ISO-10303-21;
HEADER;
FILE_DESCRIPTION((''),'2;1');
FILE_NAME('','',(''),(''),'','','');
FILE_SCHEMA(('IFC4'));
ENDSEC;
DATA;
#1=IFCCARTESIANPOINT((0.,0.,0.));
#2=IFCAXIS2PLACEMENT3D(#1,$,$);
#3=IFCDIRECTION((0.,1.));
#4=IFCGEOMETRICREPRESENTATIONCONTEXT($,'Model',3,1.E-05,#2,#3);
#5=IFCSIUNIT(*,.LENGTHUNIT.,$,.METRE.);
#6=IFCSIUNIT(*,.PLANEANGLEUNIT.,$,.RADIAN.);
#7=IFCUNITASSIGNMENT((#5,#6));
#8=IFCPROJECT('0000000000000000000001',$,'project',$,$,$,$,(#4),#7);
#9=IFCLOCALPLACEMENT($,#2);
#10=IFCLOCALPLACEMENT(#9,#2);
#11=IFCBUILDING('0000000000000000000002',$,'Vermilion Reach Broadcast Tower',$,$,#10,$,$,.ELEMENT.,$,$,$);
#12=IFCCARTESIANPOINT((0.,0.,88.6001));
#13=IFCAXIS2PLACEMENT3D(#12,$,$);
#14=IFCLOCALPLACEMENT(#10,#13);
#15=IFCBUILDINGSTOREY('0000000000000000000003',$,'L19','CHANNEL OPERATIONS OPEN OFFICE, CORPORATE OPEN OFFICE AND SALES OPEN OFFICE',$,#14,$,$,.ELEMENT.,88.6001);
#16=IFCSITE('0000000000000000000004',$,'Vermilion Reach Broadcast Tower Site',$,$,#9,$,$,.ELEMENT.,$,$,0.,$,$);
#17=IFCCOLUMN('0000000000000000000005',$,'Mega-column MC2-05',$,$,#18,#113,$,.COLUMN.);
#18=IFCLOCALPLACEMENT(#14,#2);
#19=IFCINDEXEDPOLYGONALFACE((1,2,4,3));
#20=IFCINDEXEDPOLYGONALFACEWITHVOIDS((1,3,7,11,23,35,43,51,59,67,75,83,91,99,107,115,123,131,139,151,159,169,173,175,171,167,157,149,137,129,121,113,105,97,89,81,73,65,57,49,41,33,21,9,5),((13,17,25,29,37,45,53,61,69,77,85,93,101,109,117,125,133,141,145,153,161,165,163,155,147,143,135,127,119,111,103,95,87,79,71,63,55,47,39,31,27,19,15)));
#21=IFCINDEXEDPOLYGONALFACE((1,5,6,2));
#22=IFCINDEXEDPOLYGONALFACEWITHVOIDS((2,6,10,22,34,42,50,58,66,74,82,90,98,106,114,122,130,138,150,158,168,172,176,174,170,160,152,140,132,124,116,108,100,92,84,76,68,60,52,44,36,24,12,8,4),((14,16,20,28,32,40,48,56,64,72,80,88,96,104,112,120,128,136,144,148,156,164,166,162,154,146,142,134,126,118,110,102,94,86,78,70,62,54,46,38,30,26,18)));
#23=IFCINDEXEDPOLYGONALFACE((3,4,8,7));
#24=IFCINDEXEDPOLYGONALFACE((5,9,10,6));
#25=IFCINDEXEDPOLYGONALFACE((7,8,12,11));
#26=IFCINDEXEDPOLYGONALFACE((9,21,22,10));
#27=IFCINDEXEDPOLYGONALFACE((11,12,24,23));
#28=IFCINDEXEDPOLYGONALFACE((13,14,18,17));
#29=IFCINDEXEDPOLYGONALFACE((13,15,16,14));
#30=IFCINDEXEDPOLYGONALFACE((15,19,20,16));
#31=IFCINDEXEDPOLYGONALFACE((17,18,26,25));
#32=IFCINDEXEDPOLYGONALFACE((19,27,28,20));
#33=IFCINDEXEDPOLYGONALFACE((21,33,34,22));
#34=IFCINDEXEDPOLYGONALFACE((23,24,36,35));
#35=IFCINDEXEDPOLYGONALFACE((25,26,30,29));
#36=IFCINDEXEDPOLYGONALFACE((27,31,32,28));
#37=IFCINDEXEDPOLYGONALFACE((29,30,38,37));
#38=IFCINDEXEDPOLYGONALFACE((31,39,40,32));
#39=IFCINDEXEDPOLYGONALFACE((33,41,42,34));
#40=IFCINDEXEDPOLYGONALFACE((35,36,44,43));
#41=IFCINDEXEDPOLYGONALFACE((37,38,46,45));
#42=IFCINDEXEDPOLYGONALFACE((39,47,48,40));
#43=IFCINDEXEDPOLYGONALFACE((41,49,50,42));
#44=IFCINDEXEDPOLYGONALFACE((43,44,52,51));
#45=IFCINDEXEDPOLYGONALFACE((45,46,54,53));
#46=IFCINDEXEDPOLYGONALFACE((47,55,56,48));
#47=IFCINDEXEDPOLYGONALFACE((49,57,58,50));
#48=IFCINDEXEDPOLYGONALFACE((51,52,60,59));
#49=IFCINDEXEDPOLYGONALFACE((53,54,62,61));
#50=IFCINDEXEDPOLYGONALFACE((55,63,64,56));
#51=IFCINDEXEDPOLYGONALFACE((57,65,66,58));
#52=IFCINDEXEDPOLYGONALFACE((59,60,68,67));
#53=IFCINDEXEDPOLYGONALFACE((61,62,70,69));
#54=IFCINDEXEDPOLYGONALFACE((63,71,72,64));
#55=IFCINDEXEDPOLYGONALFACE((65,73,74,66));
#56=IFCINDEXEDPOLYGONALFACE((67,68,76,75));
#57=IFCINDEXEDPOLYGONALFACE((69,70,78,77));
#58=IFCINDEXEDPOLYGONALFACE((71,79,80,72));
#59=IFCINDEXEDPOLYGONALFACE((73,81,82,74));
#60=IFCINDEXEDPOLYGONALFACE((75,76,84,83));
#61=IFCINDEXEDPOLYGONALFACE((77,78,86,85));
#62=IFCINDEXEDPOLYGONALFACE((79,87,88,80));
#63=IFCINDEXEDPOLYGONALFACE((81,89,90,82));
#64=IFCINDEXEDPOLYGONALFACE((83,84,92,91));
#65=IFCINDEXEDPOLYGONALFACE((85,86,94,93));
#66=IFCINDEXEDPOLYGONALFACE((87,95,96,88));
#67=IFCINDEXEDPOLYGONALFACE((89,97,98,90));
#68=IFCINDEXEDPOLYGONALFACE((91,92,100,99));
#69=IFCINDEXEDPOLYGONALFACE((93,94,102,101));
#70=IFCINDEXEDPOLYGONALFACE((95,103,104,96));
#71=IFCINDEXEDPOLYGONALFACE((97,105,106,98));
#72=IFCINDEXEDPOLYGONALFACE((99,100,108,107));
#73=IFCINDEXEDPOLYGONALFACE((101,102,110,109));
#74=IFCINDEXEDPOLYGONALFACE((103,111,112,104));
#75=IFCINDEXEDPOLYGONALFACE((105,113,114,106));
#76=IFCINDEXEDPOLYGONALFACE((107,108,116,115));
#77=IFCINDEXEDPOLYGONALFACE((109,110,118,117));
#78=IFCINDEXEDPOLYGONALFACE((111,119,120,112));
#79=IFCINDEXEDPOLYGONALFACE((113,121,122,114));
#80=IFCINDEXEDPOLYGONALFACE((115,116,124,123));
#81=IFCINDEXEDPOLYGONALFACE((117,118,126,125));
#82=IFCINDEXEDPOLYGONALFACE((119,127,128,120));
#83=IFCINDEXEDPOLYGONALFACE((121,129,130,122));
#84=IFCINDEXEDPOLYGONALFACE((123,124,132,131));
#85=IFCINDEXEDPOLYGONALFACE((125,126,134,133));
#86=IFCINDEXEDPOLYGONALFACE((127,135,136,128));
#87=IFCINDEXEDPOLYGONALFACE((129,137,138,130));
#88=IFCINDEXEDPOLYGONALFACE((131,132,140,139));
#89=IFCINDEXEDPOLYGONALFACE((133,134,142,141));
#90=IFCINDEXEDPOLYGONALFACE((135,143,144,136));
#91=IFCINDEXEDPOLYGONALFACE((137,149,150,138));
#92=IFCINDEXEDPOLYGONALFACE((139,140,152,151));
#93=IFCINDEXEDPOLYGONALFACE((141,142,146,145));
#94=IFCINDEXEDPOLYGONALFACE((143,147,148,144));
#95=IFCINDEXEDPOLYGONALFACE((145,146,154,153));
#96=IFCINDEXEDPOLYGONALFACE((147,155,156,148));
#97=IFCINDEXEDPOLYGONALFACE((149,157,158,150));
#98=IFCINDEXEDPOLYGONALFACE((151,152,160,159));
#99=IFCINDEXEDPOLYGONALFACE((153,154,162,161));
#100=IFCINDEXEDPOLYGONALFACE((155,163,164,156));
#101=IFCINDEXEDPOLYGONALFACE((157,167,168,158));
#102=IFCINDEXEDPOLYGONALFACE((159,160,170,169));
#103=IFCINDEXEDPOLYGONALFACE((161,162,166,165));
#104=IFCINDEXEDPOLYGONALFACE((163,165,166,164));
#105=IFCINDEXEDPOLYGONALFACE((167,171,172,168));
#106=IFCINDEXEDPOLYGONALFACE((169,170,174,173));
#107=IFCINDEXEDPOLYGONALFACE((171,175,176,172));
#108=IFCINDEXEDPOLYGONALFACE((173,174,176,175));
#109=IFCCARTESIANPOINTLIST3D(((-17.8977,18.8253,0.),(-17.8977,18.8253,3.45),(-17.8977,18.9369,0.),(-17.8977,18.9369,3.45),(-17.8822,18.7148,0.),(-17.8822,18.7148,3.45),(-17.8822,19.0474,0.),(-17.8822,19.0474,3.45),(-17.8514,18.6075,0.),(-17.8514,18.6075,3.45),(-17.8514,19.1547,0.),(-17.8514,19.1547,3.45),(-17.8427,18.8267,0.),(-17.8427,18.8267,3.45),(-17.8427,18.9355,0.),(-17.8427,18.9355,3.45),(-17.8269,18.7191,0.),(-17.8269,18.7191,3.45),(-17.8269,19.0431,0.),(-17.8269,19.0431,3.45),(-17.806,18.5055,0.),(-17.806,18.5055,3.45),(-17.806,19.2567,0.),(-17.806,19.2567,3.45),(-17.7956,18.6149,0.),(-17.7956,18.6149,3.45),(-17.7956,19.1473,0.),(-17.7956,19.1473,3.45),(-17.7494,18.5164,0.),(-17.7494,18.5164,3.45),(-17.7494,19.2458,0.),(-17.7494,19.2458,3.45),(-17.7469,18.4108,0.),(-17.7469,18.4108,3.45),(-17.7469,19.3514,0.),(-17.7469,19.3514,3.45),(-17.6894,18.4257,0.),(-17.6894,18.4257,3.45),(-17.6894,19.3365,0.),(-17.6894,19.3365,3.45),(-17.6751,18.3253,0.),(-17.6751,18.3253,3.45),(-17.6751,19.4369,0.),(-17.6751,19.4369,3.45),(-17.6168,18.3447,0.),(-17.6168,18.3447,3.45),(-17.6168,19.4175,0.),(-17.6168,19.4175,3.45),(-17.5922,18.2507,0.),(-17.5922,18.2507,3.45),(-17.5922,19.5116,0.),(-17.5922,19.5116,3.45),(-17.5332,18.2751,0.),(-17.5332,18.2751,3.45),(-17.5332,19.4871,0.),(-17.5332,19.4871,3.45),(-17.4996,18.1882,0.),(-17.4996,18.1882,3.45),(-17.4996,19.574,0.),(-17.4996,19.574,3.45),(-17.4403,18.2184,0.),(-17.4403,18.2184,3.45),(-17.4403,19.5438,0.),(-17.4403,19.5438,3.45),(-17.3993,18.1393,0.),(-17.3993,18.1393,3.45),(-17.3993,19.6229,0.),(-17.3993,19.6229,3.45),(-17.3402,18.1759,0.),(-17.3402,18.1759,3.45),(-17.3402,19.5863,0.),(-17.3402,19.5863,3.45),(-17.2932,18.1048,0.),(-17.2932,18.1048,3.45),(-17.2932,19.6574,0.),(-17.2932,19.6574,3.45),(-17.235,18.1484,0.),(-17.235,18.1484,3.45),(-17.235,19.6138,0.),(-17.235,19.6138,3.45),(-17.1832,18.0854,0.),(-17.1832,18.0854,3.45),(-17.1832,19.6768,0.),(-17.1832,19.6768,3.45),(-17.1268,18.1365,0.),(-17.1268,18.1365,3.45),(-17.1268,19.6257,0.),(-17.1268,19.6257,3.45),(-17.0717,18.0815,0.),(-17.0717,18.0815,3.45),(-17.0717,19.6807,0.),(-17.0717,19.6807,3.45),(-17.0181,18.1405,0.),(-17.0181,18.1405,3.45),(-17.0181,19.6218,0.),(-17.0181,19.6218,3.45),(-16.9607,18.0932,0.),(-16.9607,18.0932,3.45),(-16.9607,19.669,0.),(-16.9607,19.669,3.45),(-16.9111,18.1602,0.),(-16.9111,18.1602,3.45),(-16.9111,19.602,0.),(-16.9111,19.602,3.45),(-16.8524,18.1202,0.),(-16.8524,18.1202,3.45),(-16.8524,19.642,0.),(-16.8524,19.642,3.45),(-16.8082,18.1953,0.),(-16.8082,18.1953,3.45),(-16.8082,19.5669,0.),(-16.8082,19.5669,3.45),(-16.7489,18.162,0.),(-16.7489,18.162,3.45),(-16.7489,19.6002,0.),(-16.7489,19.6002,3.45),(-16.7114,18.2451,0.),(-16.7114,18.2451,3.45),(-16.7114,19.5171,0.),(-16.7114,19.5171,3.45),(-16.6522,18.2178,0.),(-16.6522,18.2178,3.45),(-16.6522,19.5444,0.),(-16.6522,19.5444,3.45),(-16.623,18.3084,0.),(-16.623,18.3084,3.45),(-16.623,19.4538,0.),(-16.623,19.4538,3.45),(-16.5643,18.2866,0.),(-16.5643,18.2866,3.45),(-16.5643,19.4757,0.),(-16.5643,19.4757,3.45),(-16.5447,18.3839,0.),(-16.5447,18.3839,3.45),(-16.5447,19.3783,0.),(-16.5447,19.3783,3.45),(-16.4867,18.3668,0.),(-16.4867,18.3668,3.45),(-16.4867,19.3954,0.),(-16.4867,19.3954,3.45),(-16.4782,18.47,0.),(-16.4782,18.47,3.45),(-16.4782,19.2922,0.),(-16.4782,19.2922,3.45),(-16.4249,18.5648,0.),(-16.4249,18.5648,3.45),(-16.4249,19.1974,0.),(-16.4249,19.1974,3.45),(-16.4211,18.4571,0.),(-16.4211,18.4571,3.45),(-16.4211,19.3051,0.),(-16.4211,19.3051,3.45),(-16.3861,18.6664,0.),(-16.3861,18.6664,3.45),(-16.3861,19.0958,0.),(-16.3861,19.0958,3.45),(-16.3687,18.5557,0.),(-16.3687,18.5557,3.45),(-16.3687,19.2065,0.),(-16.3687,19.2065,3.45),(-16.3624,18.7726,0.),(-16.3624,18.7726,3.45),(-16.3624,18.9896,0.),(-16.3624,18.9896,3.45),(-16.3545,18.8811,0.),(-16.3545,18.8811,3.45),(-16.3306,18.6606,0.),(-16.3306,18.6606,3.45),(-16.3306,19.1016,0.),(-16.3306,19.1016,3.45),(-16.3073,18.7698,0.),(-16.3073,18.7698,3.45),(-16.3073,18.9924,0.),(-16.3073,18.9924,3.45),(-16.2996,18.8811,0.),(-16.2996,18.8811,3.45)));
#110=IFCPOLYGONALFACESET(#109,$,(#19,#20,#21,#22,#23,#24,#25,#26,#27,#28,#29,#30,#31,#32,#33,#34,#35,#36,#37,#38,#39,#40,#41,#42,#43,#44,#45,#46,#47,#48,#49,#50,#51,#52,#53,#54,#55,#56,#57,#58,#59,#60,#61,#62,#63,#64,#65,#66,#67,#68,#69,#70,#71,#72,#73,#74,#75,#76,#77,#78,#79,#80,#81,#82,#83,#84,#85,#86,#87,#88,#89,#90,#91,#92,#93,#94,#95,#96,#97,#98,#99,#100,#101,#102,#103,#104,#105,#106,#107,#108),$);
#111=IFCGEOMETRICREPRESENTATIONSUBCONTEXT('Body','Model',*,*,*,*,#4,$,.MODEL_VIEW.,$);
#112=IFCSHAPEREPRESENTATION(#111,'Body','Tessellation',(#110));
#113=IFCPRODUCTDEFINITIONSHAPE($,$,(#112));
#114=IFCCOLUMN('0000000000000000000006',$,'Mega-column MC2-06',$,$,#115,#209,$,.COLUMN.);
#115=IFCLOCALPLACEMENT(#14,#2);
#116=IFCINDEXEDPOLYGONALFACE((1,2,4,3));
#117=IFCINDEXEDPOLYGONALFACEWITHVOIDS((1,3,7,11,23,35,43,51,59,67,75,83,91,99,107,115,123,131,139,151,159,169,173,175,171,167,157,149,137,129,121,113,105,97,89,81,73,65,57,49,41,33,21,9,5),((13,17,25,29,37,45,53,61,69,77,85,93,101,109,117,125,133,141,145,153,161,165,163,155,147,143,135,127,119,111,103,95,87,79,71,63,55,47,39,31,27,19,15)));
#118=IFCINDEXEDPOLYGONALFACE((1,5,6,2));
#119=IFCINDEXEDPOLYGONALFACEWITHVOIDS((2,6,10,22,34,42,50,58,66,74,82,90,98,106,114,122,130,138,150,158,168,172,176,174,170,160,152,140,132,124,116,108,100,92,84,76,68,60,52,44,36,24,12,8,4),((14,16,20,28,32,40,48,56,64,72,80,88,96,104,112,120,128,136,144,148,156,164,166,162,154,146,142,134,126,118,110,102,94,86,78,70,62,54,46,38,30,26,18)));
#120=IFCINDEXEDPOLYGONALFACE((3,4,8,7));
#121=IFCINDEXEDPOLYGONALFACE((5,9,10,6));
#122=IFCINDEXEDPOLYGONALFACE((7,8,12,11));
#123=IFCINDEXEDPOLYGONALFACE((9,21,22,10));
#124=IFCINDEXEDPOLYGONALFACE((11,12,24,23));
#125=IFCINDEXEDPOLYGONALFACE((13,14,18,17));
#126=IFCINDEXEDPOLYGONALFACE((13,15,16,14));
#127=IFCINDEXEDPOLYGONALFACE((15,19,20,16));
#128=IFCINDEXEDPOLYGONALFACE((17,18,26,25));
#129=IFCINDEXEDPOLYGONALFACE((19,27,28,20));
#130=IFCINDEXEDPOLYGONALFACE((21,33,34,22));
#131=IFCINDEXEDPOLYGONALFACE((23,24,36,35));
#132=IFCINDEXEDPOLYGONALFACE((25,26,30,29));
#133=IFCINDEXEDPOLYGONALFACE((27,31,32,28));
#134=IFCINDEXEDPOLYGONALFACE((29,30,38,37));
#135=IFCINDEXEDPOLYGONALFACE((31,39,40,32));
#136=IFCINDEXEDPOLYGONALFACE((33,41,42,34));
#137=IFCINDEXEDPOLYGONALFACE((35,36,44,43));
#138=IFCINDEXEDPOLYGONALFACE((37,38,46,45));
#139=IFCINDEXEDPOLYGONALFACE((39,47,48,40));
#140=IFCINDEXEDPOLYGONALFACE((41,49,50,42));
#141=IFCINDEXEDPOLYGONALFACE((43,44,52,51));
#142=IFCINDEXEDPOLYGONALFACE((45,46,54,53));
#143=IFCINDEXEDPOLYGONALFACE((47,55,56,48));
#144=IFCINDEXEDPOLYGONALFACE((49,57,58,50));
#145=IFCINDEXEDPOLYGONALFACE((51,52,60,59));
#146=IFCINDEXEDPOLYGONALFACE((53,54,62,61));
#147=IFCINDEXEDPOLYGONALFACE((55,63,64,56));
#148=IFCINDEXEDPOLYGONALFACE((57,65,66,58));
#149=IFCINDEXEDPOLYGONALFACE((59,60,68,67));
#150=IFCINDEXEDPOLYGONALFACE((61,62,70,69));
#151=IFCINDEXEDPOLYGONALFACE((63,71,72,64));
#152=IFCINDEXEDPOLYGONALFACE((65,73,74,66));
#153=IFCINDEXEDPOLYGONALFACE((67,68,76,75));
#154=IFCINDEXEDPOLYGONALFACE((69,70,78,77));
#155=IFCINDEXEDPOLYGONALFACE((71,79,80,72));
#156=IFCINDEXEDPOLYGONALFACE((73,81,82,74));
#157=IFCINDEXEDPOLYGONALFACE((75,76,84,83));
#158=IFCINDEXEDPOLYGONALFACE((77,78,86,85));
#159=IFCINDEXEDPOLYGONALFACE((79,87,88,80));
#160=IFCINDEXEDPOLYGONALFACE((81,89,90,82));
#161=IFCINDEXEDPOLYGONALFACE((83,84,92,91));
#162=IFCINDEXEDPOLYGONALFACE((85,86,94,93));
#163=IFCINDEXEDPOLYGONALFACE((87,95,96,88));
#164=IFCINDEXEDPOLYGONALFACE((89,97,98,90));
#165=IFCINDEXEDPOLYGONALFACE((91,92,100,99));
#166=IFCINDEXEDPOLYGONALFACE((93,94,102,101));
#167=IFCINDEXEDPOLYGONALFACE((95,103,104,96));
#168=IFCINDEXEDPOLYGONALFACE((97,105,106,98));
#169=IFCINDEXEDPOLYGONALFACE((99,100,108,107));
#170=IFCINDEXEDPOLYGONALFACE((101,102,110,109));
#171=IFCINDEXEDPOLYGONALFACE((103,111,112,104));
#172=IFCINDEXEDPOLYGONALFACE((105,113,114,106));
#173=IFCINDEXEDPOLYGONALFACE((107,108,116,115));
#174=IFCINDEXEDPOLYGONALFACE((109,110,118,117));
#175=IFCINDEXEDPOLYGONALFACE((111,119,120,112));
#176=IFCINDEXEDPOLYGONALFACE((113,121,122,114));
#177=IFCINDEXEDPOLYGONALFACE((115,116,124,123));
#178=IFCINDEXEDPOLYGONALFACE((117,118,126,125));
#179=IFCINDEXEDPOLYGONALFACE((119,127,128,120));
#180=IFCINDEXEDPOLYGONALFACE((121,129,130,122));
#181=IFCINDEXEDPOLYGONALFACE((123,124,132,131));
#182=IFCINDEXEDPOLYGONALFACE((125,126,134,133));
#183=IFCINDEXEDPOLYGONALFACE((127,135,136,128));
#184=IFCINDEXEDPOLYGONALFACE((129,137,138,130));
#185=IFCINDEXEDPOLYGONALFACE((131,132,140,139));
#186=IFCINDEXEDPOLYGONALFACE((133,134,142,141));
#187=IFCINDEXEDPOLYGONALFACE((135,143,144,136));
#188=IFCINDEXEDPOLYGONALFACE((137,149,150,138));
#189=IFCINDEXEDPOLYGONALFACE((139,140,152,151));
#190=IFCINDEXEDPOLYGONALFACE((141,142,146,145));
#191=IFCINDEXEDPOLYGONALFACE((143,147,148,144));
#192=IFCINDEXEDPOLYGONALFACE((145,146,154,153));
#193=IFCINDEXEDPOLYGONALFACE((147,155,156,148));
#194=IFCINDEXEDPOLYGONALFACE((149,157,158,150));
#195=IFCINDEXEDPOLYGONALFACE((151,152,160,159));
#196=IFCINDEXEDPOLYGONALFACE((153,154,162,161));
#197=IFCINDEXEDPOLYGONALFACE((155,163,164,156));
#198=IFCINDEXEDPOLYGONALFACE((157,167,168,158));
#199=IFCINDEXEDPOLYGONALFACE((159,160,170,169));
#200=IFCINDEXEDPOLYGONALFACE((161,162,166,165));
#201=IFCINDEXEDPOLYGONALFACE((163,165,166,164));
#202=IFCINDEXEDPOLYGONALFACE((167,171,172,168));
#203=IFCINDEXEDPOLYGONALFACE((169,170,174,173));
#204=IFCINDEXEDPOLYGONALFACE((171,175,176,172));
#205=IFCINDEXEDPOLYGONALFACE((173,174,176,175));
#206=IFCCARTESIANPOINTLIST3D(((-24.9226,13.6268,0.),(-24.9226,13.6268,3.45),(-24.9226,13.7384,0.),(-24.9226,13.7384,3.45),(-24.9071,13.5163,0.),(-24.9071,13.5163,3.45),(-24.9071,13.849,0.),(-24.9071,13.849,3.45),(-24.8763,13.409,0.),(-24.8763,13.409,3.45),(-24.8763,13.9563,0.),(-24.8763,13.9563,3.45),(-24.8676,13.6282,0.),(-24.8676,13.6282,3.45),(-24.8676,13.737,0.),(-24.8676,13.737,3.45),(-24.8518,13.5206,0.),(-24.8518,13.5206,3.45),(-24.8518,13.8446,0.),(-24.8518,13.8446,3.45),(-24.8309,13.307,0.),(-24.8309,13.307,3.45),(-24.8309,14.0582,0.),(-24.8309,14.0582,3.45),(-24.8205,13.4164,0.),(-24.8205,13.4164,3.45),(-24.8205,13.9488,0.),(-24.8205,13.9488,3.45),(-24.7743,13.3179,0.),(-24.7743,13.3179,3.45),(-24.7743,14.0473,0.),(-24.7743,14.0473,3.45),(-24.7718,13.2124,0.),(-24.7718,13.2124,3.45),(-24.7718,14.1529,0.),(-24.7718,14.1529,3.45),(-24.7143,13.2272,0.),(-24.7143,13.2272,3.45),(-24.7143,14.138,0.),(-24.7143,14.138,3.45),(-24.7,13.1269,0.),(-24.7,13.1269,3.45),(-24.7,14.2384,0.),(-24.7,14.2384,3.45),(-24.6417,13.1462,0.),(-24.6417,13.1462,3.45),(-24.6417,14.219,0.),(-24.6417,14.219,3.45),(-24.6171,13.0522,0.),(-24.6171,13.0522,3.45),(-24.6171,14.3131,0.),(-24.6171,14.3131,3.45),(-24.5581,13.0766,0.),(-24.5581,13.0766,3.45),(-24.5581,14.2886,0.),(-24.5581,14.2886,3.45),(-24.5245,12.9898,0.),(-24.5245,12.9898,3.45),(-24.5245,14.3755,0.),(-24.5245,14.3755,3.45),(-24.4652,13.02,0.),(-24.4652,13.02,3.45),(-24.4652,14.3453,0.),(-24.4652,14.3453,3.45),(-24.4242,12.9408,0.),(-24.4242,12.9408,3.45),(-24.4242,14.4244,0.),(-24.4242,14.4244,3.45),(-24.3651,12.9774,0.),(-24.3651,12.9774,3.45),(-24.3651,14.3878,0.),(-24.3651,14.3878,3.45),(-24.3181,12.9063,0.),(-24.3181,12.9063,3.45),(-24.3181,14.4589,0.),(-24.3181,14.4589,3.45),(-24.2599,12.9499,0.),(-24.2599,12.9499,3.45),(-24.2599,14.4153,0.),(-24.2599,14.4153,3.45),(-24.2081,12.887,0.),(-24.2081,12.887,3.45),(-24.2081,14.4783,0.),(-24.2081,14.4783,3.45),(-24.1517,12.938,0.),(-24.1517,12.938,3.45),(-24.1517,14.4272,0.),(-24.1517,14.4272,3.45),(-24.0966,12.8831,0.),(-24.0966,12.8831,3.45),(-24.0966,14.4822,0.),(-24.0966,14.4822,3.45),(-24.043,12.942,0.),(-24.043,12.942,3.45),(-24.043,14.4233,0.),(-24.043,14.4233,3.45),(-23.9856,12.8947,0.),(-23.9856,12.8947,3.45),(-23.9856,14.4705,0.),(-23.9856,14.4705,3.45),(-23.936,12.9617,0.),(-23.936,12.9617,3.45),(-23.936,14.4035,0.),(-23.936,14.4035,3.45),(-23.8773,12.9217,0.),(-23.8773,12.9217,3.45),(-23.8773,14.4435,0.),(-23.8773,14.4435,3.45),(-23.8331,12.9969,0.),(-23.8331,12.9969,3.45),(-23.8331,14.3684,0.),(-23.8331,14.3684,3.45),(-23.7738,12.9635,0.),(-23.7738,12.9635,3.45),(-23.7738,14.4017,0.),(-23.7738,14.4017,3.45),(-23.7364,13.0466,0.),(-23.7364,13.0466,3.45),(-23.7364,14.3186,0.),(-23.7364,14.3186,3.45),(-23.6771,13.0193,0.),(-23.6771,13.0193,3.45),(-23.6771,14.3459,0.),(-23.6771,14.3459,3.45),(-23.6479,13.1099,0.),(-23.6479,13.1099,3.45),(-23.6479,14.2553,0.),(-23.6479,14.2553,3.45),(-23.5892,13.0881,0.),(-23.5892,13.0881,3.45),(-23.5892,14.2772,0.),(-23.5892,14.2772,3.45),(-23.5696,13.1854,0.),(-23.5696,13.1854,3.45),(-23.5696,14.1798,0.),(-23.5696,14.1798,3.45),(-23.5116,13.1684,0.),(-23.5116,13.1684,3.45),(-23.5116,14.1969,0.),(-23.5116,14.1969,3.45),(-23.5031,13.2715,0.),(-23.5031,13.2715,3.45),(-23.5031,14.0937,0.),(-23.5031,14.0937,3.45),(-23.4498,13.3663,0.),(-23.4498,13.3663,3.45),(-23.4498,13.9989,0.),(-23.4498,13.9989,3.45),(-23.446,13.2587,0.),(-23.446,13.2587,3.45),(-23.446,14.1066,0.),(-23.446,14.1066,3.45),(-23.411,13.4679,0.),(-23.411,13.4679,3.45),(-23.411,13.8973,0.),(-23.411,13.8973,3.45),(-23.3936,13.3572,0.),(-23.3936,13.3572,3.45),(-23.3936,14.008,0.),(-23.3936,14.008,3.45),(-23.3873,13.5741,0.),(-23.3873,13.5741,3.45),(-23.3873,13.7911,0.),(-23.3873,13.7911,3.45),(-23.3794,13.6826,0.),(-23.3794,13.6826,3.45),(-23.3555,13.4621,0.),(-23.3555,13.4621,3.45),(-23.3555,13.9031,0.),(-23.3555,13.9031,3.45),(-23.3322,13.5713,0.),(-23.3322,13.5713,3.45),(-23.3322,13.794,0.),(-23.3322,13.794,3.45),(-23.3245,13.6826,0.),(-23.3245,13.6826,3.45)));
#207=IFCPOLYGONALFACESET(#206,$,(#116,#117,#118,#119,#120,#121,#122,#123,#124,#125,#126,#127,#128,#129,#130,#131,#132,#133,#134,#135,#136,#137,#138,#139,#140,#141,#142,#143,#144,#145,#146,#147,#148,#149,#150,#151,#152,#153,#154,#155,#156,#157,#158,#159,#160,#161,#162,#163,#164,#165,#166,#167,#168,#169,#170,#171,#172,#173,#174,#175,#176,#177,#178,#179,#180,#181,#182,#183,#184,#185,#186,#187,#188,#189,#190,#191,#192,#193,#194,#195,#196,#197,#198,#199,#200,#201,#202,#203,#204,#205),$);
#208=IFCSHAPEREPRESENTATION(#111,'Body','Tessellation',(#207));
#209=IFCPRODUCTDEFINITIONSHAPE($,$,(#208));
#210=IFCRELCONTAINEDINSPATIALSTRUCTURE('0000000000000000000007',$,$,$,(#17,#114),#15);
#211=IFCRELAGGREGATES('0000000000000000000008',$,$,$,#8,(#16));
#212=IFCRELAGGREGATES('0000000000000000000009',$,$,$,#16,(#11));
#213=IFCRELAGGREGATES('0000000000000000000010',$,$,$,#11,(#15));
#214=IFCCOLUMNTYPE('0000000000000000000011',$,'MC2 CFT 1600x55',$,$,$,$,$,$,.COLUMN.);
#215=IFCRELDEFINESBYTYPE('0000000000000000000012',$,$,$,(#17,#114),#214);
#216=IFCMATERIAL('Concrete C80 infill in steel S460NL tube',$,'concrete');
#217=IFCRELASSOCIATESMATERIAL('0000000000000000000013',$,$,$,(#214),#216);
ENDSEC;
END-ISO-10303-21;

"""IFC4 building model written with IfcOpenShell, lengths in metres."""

from ifc_helpers import new_model, si_unit, direction, frame, origin, origin_2d, place, context, subcontext, project, spatial, hollow_circle, extrude, material, material_profile, profile_set, type_object, element, save


model = new_model("IFC4")

# Units and contexts
model_context = context("Model", 3, precision=1e-05, world=origin(), true_north=direction((0.0, 1.0)))
body_context = subcontext(model_context, "Body", "Model", "MODEL_VIEW")
ifc_project = project(units=[si_unit("LENGTHUNIT", "METRE"), si_unit("PLANEANGLEUNIT", "RADIAN")], contexts=[model_context])

# Site, building, storey
site_placement = place(None, origin())
site = spatial("IfcSite", under=ifc_project, at=site_placement, Name="Vermilion Reach Broadcast Tower Site", CompositionType="ELEMENT", RefElevation=0.0)
building_placement = place(site_placement, origin())
building = spatial("IfcBuilding", under=site, at=building_placement, Name="Vermilion Reach Broadcast Tower", CompositionType="ELEMENT")
storey_placement = place(building_placement, frame((0.0, 0.0, 88.6001)))
storey = spatial("IfcBuildingStorey", under=building, at=storey_placement, Name="L19", Description="CHANNEL OPERATIONS OPEN OFFICE, CORPORATE OPEN OFFICE AND SALES OPEN OFFICE", CompositionType="ELEMENT", Elevation=88.6001)

# Columns
ifc_material_1 = material(Name="Concrete C80 infill in steel S460NL tube", Category="concrete")
ifc_material_profile_1 = material_profile(ifc_material_1, hollow_circle(Radius=0.8, WallThickness=0.0549, at=origin_2d()), Name="Concrete C80 infill in steel S460NL tube CFT 1600x55")
ifc_profile_set_1 = profile_set([ifc_material_profile_1], Name="Concrete C80 infill in steel S460NL tube")
column_type = type_object("IfcColumnType", Name="MC2 CFT 1600x55", PredefinedType="COLUMN", material=ifc_profile_set_1)
for number, where, z_axis, x_axis, name in (
    (1, (-17.0996, 18.8811, 0.0), (0.0, 0.0, 1.0), (1.0, 0.0, 0.0), "Mega-column MC2-05"),
    (2, (-24.1245, 13.6826, 0.0), (0.0, 0.0, 1.0), (1.0, 0.0, 0.0), "Mega-column MC2-06"),
):
    element("IfcColumn", number, at=place(storey_placement, frame(where, z_axis=z_axis, x_axis=x_axis)), inside=storey, type_object=column_type, Name=name, PredefinedType="COLUMN", context=body_context, shape_type="SweptSolid", body=[
        extrude(hollow_circle(Radius=0.8, WallThickness=0.0549, at=origin_2d()), origin(), (0.0, 0.0, 1.0), 3.45),
    ])

save(model, "model.ifc")
